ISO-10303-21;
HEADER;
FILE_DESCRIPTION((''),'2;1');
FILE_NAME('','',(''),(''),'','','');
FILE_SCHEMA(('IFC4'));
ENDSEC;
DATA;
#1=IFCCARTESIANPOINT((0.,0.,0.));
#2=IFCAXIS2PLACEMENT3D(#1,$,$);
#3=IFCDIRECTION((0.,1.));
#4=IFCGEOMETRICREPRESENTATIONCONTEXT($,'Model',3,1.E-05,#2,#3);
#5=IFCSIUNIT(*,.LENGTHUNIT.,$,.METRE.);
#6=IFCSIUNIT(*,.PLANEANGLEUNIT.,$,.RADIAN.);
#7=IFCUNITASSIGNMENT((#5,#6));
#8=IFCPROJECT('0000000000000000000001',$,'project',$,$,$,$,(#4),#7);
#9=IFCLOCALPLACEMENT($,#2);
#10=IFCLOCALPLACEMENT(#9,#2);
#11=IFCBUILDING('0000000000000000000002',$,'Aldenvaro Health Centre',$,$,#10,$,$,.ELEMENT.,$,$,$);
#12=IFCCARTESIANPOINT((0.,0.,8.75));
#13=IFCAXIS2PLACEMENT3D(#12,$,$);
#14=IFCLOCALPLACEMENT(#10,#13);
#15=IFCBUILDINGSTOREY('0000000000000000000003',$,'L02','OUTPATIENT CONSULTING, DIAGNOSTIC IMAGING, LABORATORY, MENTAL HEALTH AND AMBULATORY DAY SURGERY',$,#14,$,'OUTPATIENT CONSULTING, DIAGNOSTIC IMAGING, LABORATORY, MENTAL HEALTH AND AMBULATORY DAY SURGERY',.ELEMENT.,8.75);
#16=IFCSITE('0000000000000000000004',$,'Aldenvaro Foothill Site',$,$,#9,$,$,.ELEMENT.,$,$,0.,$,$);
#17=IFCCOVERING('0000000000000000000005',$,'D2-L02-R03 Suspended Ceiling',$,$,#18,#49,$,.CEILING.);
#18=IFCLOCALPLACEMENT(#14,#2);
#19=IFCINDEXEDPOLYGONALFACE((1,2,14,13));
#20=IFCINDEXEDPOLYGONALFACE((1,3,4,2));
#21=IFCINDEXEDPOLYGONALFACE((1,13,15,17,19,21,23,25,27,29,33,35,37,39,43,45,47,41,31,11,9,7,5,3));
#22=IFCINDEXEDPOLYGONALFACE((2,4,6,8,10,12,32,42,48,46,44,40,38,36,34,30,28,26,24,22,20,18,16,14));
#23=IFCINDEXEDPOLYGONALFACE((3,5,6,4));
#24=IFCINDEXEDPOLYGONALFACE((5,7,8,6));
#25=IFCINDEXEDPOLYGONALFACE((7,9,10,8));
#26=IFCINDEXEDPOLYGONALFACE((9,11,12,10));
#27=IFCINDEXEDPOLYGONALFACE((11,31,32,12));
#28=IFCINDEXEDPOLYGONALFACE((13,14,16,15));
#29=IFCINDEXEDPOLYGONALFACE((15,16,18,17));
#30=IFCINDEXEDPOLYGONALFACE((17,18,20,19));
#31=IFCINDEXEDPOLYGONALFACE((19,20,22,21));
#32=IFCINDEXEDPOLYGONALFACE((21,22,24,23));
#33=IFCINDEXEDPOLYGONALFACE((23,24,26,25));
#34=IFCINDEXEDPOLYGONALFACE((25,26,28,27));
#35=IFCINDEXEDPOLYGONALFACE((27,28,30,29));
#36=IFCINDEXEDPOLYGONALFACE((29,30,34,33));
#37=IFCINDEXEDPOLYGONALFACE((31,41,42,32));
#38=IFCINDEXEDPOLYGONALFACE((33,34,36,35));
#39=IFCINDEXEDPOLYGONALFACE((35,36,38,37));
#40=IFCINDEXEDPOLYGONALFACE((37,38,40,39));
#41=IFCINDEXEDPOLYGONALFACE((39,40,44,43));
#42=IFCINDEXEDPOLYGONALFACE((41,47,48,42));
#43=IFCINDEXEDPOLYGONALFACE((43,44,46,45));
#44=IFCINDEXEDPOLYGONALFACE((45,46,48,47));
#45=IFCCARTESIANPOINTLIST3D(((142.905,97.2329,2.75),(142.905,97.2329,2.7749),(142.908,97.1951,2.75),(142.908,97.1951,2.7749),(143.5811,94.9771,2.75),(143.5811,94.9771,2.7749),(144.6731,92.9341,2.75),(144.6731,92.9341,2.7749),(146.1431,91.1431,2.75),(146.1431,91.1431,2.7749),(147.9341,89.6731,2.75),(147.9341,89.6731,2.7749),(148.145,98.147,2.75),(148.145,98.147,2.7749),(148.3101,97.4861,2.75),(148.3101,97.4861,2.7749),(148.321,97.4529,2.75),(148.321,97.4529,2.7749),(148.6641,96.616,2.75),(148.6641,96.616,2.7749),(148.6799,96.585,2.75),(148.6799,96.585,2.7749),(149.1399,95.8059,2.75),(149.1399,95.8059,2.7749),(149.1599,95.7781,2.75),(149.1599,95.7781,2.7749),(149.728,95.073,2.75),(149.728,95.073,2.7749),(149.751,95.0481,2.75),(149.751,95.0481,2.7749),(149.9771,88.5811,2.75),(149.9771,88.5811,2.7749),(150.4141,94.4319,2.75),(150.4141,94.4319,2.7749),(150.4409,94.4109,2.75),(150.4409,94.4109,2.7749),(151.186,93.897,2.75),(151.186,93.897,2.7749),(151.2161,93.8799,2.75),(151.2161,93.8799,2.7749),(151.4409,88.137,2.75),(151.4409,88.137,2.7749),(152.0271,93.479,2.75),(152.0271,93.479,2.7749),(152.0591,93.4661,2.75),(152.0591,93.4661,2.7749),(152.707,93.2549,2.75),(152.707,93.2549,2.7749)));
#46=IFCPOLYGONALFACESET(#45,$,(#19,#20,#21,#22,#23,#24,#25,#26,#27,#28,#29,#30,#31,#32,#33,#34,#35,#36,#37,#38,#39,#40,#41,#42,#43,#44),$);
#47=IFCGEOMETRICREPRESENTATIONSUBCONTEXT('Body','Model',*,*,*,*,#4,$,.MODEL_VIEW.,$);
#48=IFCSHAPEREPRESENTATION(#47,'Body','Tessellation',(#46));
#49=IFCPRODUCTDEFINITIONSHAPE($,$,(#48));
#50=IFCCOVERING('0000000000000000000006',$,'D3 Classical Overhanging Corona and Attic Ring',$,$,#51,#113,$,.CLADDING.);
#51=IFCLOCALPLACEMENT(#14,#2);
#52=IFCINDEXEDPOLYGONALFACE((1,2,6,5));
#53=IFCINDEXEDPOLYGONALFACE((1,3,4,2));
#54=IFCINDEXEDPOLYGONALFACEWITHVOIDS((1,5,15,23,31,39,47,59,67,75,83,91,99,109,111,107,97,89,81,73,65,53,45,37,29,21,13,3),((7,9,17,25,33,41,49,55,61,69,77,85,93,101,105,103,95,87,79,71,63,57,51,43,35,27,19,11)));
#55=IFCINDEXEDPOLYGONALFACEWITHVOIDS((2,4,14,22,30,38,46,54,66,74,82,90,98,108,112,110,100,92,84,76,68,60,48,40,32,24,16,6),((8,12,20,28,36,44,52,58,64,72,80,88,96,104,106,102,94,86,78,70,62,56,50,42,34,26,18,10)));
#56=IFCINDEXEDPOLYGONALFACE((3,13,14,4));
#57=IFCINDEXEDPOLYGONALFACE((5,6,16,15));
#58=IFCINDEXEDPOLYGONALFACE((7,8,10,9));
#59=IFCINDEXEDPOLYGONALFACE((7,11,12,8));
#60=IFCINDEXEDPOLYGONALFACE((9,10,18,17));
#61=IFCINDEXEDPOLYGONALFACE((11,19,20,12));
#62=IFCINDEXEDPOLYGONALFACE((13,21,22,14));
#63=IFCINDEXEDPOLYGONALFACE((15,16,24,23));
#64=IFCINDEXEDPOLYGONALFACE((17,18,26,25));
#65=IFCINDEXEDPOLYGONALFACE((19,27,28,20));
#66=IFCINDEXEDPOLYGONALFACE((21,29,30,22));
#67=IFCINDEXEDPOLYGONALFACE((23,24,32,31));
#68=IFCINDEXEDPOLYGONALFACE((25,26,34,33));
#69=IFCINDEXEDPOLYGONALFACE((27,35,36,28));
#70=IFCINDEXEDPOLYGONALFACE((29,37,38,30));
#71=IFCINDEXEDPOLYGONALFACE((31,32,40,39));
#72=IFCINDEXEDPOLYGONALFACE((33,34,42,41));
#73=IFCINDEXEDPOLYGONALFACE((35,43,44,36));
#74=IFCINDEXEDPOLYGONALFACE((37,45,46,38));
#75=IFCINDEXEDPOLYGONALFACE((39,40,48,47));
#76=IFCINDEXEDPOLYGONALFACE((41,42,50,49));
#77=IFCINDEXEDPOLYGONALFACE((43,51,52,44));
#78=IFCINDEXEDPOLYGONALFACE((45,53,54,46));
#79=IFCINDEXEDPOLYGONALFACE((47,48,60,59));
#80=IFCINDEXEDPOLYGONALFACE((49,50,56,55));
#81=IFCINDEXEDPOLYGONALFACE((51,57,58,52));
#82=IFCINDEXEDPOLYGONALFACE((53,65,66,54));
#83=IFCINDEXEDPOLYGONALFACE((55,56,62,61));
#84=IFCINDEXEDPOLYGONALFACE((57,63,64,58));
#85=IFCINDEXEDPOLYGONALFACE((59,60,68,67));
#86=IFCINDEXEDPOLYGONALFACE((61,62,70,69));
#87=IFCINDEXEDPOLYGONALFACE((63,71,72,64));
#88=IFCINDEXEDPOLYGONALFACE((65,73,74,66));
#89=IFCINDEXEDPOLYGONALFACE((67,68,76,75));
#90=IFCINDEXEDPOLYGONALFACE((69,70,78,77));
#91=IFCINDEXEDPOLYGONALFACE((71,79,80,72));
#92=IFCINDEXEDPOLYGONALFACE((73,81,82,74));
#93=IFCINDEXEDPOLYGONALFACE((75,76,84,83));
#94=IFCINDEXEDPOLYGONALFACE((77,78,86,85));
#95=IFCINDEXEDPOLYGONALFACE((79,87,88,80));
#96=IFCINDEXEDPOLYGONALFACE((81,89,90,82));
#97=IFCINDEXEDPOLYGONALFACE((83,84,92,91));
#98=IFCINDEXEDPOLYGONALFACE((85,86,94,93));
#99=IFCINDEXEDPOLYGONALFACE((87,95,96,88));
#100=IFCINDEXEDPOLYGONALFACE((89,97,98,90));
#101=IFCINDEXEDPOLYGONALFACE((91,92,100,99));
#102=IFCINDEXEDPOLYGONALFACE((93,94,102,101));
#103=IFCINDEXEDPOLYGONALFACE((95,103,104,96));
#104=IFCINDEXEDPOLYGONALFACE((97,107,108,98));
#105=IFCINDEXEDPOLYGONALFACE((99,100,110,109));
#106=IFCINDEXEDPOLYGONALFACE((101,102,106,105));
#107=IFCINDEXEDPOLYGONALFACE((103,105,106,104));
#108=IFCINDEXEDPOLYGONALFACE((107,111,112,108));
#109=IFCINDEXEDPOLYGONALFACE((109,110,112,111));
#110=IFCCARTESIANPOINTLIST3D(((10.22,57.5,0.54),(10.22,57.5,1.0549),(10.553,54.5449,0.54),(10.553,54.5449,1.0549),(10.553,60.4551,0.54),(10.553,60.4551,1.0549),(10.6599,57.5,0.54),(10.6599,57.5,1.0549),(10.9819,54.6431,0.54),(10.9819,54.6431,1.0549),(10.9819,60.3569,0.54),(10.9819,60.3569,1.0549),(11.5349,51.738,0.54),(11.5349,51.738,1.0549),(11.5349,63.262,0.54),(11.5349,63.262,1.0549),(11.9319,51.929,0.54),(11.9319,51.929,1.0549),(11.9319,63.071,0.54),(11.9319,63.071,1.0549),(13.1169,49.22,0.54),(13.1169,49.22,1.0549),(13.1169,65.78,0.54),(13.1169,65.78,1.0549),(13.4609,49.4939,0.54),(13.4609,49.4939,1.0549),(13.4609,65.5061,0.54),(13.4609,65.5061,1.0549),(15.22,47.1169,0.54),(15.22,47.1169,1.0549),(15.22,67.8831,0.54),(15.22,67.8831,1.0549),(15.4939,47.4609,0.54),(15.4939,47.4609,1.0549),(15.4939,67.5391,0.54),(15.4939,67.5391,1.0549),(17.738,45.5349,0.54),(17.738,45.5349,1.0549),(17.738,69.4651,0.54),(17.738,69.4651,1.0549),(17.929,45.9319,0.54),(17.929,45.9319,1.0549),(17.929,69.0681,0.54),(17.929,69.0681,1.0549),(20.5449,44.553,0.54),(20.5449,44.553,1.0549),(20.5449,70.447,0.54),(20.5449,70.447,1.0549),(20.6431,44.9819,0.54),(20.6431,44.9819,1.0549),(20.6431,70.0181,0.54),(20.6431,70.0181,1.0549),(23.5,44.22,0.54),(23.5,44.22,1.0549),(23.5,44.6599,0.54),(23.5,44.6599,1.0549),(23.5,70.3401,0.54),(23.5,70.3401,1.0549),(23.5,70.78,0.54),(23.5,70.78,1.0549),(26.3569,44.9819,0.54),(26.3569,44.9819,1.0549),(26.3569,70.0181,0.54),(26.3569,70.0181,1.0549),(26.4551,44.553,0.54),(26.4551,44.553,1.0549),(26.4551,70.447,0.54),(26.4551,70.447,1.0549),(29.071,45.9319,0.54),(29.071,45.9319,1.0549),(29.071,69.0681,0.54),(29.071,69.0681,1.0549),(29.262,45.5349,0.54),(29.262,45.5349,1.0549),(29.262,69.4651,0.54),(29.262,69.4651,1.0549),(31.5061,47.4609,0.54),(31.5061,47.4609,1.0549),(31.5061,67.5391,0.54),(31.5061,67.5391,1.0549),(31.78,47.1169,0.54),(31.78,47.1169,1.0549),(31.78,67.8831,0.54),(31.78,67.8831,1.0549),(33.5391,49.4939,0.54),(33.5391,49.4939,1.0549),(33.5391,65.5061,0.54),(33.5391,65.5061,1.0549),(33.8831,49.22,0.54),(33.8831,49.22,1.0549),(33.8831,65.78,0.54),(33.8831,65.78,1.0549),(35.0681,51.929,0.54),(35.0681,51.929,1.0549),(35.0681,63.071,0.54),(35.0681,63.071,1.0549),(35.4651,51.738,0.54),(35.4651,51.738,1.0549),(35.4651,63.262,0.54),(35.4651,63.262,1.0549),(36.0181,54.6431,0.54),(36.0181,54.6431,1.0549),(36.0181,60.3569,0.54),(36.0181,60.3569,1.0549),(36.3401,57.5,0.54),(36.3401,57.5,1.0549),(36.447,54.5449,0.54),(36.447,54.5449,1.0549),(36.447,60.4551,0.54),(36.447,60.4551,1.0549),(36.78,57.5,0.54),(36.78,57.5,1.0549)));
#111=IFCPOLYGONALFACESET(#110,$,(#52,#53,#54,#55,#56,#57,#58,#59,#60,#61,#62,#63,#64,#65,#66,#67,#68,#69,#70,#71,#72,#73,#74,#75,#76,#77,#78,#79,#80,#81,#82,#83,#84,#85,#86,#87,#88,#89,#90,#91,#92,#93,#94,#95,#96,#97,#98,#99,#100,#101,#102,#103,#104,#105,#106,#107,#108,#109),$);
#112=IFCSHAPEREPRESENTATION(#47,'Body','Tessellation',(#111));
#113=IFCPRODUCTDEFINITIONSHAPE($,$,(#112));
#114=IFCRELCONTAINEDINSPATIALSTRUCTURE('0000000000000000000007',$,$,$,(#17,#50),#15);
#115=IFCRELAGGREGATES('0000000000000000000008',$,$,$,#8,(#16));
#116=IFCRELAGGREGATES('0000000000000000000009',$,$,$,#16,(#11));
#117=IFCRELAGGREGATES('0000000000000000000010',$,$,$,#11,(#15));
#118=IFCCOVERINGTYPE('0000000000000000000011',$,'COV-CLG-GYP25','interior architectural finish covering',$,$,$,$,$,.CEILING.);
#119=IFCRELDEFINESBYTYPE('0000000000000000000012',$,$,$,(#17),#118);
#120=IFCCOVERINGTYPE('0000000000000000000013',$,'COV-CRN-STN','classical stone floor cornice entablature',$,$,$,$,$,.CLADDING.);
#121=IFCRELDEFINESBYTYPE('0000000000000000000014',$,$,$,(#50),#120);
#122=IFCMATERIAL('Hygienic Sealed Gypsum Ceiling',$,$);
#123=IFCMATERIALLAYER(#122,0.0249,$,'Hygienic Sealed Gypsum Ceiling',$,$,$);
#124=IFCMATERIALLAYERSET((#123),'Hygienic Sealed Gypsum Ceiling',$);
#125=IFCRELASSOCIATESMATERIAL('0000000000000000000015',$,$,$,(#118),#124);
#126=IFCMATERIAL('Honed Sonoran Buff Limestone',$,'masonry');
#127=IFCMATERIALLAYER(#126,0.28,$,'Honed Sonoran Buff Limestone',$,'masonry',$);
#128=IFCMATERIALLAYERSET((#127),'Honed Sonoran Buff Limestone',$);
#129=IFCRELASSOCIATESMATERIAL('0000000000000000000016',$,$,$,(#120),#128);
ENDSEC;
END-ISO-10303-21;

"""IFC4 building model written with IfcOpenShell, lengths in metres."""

from ifc_helpers import new_model, si_unit, direction, frame, origin, place, context, subcontext, project, spatial, polyline, outline, extrude, material, layer, layer_set, type_object, element, save


model = new_model("IFC4")

# Units and contexts
model_context = context("Model", 3, precision=1e-05, world=origin(), true_north=direction((0.0, 1.0)))
body_context = subcontext(model_context, "Body", "Model", "MODEL_VIEW")
ifc_project = project(units=[si_unit("LENGTHUNIT", "METRE"), si_unit("PLANEANGLEUNIT", "RADIAN")], contexts=[model_context])

# Site, building, storey
site_placement = place(None, origin())
site = spatial("IfcSite", under=ifc_project, at=site_placement, Name="Aldenvaro Foothill Site", CompositionType="ELEMENT", RefElevation=0.0)
building_placement = place(site_placement, origin())
building = spatial("IfcBuilding", under=site, at=building_placement, Name="Aldenvaro Health Centre", CompositionType="ELEMENT")
storey_placement = place(building_placement, frame((0.0, 0.0, 8.75)))
storey = spatial("IfcBuildingStorey", under=building, at=storey_placement, Name="L02", Description="OUTPATIENT CONSULTING, DIAGNOSTIC IMAGING, LABORATORY, MENTAL HEALTH AND AMBULATORY DAY SURGERY", LongName="OUTPATIENT CONSULTING, DIAGNOSTIC IMAGING, LABORATORY, MENTAL HEALTH AND AMBULATORY DAY SURGERY", CompositionType="ELEMENT", Elevation=8.75)

# Coverings
ifc_material_1 = material(Name="Hygienic Sealed Gypsum Ceiling")
ifc_layer_1 = layer(ifc_material_1, 0.0249, Name="Hygienic Sealed Gypsum Ceiling")
ifc_layer_set_1 = layer_set([ifc_layer_1], Name="Hygienic Sealed Gypsum Ceiling")
covering_type_1 = type_object("IfcCoveringType", Name="COV-CLG-GYP25", Description="interior architectural finish covering", PredefinedType="CEILING", material=ifc_layer_set_1)
covering_1_placement = place(storey_placement, frame((0.0, 0.0, 2.75)))
element("IfcCovering", 1, at=covering_1_placement, inside=storey, type_object=covering_type_1, Name="D2-L02-R03 Suspended Ceiling", PredefinedType="CEILING", context=body_context, shape_type="SweptSolid", body=[
    extrude(outline(polyline([(148.3101, 97.4861), (148.321, 97.4529), (148.6641, 96.616), (148.6799, 96.585), (149.1399, 95.8059), (149.1599, 95.7781), (149.728, 95.073), (149.751, 95.0481), (150.4141, 94.4319), (150.4409, 94.4109), (151.186, 93.897), (151.2161, 93.8799), (152.0271, 93.479), (152.0591, 93.4661), (152.707, 93.2549), (151.4409, 88.137), (149.9771, 88.5811), (147.9341, 89.6731), (146.1431, 91.1431), (144.6731, 92.9341), (143.5811, 94.9771), (142.908, 97.1951), (142.905, 97.2329), (148.145, 98.147), (148.3101, 97.4861)])), origin(), (0.0, 0.0, 1.0), 0.0249),
])
ifc_material_2 = material(Name="Honed Sonoran Buff Limestone", Category="masonry")
ifc_layer_2 = layer(ifc_material_2, 0.28, Name="Honed Sonoran Buff Limestone", Category="masonry")
ifc_layer_set_2 = layer_set([ifc_layer_2], Name="Honed Sonoran Buff Limestone")
covering_type_2 = type_object("IfcCoveringType", Name="COV-CRN-STN", Description="classical stone floor cornice entablature", PredefinedType="CLADDING", material=ifc_layer_set_2)
covering_2_placement = place(storey_placement, frame((0.0, 0.0, 0.54)))
element("IfcCovering", 2, at=covering_2_placement, inside=storey, type_object=covering_type_2, Name="D3 Classical Overhanging Corona and Attic Ring", PredefinedType="CLADDING", context=body_context, shape_type="SweptSolid", body=[
    extrude(outline(polyline([(36.78, 57.5), (36.447, 60.4551), (35.4651, 63.262), (33.8831, 65.78), (31.78, 67.8831), (29.262, 69.4651), (26.4551, 70.447), (23.5, 70.78), (20.5449, 70.447), (17.738, 69.4651), (15.22, 67.8831), (13.1169, 65.78), (11.5349, 63.262), (10.553, 60.4551), (10.22, 57.5), (10.553, 54.5449), (11.5349, 51.738), (13.1169, 49.22), (15.22, 47.1169), (17.738, 45.5349), (20.5449, 44.553), (23.5, 44.22), (26.4551, 44.553), (29.262, 45.5349), (31.78, 47.1169), (33.8831, 49.22), (35.4651, 51.738), (36.447, 54.5449), (36.78, 57.5)]), holes=[polyline([(36.3401, 57.5), (36.0181, 54.6431), (35.0681, 51.929), (33.5391, 49.4939), (31.5061, 47.4609), (29.071, 45.9319), (26.3569, 44.9819), (23.5, 44.6599), (20.6431, 44.9819), (17.929, 45.9319), (15.4939, 47.4609), (13.4609, 49.4939), (11.9319, 51.929), (10.9819, 54.6431), (10.6599, 57.5), (10.9819, 60.3569), (11.9319, 63.071), (13.4609, 65.5061), (15.4939, 67.5391), (17.929, 69.0681), (20.6431, 70.0181), (23.5, 70.3401), (26.3569, 70.0181), (29.071, 69.0681), (31.5061, 67.5391), (33.5391, 65.5061), (35.0681, 63.071), (36.0181, 60.3569), (36.3401, 57.5)])]), origin(), (0.0, 0.0, 1.0), 0.5149),
])

save(model, "model.ifc")
